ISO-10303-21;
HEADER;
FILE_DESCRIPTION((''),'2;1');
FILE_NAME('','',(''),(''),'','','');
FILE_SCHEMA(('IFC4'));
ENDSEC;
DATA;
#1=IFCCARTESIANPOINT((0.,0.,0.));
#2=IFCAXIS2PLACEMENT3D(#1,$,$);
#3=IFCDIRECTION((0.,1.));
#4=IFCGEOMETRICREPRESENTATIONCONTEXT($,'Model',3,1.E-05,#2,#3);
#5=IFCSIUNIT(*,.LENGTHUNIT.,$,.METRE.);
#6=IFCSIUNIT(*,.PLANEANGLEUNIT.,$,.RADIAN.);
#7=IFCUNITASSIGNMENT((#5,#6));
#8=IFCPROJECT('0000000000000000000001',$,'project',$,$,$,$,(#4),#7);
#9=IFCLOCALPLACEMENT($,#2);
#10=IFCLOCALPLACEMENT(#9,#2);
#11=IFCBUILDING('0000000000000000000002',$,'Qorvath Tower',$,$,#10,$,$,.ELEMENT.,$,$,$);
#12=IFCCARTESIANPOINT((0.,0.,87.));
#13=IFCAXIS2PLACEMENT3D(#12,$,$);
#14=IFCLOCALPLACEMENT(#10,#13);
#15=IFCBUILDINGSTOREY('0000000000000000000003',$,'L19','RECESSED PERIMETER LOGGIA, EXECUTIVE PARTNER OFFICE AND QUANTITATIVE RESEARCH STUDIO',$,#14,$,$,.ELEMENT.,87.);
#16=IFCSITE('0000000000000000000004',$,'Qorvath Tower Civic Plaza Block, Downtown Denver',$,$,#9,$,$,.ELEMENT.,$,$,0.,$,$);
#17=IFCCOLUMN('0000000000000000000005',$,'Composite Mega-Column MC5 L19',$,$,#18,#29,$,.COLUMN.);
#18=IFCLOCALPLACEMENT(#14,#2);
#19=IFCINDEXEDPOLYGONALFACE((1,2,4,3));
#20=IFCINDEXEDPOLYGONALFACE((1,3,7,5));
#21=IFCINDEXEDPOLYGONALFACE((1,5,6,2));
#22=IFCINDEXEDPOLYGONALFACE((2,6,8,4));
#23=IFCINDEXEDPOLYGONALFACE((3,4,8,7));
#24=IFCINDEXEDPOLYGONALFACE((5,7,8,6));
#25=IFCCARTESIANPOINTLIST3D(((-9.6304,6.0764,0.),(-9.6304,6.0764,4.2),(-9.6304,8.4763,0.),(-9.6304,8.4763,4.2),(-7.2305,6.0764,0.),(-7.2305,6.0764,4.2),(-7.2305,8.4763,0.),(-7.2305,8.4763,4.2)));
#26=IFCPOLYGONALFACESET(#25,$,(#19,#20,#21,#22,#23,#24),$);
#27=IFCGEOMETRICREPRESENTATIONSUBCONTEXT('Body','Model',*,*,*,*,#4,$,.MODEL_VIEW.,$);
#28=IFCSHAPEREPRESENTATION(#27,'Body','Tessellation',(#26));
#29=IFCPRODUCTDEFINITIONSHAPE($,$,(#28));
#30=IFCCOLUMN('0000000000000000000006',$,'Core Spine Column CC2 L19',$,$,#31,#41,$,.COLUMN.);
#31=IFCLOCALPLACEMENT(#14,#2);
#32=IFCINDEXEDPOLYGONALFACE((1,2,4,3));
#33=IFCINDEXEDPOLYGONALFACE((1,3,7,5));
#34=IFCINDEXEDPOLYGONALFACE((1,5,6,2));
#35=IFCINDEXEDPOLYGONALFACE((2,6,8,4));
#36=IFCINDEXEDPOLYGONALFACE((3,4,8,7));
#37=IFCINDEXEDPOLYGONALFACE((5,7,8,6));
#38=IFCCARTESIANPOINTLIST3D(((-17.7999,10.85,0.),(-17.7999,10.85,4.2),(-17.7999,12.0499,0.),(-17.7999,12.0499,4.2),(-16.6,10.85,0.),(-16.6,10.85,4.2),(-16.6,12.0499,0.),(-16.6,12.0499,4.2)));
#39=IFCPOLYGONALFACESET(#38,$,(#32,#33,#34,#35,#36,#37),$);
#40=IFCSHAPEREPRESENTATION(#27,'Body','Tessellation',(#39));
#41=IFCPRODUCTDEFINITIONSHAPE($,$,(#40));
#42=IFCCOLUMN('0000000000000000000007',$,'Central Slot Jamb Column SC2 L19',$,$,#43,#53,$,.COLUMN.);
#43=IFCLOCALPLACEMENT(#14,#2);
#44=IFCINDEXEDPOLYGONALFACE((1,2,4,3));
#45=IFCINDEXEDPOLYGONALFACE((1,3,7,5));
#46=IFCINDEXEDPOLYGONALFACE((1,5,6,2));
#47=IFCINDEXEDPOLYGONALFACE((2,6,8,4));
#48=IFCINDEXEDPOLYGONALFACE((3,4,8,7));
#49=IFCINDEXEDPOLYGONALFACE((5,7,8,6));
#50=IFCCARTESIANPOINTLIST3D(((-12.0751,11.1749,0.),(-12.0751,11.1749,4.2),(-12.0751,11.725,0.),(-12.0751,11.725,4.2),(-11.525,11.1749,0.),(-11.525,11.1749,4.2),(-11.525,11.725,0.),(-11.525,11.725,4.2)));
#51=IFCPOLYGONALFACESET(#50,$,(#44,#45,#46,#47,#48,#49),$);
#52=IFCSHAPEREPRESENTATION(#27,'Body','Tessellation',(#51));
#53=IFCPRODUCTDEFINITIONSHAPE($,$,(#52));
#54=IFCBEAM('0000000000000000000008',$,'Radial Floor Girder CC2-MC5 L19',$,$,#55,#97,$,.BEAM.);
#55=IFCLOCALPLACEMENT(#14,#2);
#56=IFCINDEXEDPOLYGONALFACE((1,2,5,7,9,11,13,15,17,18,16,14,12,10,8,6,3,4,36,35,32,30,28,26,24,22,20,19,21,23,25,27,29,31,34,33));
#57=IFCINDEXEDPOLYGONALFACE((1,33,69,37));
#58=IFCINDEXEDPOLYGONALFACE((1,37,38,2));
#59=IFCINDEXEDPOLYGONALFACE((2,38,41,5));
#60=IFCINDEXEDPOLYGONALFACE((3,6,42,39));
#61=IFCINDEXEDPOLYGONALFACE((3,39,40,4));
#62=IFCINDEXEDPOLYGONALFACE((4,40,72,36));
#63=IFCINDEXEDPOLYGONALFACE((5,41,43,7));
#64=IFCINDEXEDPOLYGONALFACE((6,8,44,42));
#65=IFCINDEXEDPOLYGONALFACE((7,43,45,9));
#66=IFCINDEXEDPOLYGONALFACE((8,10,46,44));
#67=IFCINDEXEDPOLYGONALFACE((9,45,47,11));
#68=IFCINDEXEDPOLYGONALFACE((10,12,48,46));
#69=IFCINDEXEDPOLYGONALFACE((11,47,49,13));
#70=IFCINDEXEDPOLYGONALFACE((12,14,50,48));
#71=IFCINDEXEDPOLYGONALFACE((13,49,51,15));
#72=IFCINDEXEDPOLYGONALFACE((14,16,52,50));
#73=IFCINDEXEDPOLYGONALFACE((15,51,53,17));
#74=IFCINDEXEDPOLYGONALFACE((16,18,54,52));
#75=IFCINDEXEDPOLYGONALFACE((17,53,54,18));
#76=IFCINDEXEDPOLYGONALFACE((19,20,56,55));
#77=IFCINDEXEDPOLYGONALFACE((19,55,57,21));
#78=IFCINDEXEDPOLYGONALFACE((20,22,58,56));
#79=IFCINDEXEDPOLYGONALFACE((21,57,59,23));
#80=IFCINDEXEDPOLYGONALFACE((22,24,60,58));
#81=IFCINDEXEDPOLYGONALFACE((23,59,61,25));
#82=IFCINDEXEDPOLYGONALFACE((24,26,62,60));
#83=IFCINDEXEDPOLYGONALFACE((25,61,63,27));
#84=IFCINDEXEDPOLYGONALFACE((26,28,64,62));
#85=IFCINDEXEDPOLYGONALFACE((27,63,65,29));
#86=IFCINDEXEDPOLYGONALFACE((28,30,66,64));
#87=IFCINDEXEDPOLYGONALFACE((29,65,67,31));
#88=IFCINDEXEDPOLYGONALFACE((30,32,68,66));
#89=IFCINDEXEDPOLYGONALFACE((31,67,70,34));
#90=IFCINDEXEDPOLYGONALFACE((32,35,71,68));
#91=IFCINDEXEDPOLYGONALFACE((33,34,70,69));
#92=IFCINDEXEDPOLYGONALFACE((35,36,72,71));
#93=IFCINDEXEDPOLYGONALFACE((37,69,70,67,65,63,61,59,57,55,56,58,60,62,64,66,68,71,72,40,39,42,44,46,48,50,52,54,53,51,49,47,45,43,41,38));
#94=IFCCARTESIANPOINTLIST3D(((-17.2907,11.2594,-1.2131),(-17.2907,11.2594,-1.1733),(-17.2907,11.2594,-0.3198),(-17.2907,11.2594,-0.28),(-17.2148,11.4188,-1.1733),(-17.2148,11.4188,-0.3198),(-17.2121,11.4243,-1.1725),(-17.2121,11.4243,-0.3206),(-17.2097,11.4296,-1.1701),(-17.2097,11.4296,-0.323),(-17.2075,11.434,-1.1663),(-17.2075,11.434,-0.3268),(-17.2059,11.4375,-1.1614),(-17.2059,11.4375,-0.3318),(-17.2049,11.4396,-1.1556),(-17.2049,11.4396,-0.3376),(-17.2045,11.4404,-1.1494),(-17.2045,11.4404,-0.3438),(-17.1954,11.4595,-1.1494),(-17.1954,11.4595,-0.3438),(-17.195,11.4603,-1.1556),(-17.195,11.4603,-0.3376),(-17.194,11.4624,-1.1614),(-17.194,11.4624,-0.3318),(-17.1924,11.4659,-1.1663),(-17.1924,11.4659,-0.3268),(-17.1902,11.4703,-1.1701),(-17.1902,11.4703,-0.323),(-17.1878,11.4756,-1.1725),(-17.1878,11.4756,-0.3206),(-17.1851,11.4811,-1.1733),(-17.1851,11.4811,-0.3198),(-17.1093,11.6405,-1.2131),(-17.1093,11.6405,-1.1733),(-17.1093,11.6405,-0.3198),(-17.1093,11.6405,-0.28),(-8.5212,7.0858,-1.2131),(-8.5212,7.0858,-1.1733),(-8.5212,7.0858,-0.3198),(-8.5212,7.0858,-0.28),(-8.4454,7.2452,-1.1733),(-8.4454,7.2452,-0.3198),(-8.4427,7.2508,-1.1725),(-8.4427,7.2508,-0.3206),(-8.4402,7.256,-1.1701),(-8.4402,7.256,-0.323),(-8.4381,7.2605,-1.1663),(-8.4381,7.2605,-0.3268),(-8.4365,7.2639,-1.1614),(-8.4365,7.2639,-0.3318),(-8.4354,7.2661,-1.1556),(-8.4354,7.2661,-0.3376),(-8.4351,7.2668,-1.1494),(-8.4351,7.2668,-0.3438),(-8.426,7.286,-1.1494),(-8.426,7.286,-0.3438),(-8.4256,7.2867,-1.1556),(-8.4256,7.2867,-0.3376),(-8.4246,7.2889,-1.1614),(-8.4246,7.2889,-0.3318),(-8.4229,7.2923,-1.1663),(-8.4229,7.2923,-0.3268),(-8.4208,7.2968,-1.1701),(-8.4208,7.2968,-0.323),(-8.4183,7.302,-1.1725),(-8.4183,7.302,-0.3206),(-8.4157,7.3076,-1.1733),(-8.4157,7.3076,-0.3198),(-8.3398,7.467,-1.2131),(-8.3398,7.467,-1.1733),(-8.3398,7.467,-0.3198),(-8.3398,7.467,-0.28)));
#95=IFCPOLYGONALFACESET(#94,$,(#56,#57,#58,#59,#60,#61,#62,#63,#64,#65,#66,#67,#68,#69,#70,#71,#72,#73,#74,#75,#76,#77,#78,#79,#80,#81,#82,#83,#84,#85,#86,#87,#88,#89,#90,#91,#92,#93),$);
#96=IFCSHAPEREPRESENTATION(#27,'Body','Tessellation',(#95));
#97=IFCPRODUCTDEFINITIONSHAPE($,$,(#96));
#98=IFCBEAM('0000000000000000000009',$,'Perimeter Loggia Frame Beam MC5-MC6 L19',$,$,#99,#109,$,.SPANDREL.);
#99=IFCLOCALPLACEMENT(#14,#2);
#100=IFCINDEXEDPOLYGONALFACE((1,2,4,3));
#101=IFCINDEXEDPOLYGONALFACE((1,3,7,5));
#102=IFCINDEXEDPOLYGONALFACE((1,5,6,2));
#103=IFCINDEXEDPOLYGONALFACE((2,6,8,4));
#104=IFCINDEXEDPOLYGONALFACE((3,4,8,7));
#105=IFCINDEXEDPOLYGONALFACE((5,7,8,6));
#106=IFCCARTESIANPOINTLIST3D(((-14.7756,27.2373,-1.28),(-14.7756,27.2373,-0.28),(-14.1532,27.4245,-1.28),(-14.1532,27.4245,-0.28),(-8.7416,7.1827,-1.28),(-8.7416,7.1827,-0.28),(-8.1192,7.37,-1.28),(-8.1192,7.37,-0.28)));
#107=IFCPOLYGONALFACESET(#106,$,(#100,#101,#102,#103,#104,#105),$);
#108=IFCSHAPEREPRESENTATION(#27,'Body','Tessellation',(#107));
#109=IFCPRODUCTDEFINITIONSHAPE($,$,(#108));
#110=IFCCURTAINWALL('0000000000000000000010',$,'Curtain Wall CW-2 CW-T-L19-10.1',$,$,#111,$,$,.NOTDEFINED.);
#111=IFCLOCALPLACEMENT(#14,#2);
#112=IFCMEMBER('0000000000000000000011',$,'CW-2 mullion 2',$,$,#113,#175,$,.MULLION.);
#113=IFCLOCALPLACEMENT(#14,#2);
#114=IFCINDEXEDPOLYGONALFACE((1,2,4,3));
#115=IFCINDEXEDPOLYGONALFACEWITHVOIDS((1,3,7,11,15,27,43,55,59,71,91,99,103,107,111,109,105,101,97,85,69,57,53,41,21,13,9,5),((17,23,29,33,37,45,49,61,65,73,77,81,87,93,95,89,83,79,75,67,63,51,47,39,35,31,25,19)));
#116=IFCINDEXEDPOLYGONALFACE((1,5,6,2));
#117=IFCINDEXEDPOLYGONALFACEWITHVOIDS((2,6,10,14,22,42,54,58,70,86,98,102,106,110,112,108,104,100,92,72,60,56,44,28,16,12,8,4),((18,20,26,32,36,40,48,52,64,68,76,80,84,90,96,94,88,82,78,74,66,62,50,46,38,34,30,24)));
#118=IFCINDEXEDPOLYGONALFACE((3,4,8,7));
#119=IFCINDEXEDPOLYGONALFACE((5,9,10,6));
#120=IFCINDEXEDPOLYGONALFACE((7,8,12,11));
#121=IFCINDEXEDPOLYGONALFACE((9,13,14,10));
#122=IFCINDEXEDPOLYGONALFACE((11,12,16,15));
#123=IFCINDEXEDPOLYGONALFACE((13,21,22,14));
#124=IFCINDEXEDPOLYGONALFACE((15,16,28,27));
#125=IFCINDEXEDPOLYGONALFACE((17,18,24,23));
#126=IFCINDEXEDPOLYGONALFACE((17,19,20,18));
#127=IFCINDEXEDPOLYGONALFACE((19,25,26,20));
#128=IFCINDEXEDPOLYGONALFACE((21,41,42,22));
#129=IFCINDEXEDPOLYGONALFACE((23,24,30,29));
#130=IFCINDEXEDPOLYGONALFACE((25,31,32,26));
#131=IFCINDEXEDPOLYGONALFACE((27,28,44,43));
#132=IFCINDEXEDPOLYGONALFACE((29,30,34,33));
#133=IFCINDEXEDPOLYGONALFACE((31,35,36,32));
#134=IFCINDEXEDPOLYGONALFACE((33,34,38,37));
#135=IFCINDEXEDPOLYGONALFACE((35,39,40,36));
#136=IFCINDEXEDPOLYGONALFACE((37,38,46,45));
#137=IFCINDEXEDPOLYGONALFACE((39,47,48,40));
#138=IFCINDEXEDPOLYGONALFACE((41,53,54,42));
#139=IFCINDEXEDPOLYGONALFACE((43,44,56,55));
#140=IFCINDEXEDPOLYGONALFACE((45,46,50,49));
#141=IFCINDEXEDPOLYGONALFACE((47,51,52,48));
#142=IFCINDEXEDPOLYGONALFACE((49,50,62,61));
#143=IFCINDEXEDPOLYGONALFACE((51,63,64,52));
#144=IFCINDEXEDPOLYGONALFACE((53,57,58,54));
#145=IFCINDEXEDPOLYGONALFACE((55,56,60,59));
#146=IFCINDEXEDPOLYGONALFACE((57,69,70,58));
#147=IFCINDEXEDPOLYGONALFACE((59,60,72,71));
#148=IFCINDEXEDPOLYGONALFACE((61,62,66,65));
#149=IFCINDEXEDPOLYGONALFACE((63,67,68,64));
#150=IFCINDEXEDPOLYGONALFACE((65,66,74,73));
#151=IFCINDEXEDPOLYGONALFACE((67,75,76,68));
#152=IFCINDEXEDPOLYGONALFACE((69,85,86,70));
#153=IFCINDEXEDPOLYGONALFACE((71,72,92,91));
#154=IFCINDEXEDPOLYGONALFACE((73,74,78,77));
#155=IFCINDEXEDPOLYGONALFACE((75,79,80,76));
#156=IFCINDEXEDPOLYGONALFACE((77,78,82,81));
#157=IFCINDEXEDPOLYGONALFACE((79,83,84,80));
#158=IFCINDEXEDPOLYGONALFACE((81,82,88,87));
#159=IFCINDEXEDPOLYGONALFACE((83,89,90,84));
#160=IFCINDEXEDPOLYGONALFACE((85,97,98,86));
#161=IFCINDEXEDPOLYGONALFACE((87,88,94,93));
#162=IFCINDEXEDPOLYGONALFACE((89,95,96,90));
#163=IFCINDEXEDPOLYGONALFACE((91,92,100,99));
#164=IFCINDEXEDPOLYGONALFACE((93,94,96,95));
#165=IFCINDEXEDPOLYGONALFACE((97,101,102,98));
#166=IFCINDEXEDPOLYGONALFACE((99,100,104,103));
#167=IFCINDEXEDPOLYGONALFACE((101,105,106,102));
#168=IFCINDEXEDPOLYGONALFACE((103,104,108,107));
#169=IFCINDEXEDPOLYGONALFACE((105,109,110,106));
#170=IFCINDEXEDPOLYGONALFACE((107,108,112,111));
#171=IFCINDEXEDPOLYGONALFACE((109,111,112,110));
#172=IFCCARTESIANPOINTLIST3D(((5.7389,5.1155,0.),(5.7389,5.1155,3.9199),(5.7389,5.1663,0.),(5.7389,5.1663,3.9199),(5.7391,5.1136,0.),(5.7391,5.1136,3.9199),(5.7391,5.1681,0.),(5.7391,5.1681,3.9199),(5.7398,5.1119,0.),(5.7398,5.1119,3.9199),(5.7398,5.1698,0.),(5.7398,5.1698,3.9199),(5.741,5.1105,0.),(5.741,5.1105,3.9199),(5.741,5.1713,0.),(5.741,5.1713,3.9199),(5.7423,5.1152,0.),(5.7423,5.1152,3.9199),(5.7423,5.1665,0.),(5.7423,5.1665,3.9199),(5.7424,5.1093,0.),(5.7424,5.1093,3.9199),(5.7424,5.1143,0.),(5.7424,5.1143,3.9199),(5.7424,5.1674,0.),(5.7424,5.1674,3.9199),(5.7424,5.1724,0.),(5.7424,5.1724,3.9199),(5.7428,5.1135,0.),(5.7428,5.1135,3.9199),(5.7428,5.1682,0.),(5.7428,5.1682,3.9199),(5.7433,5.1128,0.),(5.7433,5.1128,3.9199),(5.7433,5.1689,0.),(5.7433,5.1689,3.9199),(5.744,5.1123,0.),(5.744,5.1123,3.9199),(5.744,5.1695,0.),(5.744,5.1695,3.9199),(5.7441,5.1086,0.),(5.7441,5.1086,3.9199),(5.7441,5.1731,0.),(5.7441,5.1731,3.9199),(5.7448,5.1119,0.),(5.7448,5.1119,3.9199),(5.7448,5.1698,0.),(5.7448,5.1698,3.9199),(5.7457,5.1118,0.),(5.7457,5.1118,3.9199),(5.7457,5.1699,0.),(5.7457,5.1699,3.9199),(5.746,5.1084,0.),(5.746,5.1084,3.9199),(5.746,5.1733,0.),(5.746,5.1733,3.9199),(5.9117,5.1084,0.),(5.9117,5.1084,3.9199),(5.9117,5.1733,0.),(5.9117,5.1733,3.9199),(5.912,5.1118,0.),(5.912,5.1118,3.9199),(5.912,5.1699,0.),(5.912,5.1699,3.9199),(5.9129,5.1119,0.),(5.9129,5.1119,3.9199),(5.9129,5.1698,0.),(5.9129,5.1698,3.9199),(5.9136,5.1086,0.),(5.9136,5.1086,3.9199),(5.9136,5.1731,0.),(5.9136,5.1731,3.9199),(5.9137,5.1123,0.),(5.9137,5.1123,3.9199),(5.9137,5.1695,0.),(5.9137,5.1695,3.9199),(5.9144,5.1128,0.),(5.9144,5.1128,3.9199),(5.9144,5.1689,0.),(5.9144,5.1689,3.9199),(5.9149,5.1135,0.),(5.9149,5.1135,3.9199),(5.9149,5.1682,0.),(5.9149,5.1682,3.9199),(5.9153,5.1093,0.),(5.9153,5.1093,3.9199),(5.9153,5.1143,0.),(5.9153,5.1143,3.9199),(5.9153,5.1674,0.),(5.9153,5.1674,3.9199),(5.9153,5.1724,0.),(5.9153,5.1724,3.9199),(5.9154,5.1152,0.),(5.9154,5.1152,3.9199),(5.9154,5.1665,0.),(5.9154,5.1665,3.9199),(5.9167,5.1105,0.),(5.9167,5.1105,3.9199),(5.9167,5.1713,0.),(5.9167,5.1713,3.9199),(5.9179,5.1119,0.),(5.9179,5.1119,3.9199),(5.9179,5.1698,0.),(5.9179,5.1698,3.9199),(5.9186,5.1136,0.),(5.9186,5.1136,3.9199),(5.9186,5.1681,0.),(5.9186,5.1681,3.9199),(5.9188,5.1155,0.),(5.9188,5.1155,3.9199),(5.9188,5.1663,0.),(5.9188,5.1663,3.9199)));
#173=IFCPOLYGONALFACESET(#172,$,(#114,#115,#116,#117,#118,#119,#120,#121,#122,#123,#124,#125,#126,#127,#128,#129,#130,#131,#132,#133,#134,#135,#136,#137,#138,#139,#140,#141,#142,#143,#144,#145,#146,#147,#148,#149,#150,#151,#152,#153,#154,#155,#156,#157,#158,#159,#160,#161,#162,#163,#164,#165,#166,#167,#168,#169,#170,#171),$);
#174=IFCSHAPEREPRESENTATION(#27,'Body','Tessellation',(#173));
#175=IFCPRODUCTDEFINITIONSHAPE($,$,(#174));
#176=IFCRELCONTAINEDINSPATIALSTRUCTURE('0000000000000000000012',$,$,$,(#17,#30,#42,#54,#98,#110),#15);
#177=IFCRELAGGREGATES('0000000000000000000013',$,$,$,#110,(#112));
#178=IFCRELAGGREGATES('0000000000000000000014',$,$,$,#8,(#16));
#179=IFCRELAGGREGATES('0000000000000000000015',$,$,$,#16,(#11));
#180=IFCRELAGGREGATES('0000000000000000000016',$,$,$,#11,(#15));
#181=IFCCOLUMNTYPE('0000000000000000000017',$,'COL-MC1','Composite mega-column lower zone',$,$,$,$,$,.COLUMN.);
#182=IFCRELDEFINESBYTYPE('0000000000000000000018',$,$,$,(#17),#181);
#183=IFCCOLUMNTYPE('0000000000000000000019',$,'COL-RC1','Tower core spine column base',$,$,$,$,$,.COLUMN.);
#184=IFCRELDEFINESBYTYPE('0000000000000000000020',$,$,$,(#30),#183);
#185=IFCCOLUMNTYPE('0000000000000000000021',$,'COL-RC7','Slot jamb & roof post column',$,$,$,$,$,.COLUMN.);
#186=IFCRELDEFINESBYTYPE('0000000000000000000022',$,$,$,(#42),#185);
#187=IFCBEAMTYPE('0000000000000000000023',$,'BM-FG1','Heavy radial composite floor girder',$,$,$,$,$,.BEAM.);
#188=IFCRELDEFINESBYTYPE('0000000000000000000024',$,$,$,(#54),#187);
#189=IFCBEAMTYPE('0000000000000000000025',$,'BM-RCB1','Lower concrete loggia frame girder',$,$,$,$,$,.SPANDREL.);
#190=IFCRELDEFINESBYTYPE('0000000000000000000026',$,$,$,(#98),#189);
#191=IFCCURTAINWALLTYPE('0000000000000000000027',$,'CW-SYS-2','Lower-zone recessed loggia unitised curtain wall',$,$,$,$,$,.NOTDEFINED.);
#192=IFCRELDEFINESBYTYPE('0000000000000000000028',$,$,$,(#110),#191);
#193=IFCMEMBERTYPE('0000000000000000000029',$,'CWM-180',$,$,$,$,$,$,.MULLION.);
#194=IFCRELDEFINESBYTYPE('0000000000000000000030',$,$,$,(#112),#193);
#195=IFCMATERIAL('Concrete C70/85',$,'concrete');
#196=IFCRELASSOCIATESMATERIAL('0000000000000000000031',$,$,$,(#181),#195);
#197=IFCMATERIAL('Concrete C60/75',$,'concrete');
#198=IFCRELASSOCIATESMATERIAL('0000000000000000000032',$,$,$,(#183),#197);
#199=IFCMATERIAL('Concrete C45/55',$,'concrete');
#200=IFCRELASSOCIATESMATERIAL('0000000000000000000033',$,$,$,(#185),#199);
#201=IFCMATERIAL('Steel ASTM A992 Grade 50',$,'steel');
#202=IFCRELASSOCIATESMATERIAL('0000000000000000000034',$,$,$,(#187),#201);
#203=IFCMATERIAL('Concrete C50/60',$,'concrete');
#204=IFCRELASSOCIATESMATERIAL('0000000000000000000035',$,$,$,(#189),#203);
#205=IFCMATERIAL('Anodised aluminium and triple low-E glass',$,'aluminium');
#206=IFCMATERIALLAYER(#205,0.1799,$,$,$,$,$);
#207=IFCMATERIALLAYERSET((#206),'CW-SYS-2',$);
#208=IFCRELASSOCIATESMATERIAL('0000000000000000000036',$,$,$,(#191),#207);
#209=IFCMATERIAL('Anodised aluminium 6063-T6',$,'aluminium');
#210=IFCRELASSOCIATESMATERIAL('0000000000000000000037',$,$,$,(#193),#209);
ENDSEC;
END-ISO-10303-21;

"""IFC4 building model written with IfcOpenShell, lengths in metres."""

from ifc_helpers import new_model, si_unit, direction, frame, origin, origin_2d, place, context, subcontext, project, spatial, rectangle, hollow_rectangle, i_section, extrude, material, layer, layer_set, material_profile, profile_set, type_object, element, aggregate, save


model = new_model("IFC4")

# Units and contexts
model_context = context("Model", 3, precision=1e-05, world=origin(), true_north=direction((0.0, 1.0)))
body_context = subcontext(model_context, "Body", "Model", "MODEL_VIEW")
ifc_project = project(units=[si_unit("LENGTHUNIT", "METRE"), si_unit("PLANEANGLEUNIT", "RADIAN")], contexts=[model_context])

# Site, building, storey
site_placement = place(None, origin())
site = spatial("IfcSite", under=ifc_project, at=site_placement, Name="Qorvath Tower Civic Plaza Block, Downtown Denver", CompositionType="ELEMENT", RefElevation=0.0)
building_placement = place(site_placement, origin())
building = spatial("IfcBuilding", under=site, at=building_placement, Name="Qorvath Tower", CompositionType="ELEMENT")
storey_placement = place(building_placement, frame((0.0, 0.0, 87.0)))
storey = spatial("IfcBuildingStorey", under=building, at=storey_placement, Name="L19", Description="RECESSED PERIMETER LOGGIA, EXECUTIVE PARTNER OFFICE AND QUANTITATIVE RESEARCH STUDIO", CompositionType="ELEMENT", Elevation=87.0)

# Columns
ifc_material_1 = material(Name="Concrete C70/85", Category="concrete")
ifc_material_profile_1 = material_profile(ifc_material_1, rectangle(XDim=2.3999, YDim=2.3999, at=origin_2d()), Name="MC 2400x2400")
ifc_profile_set_1 = profile_set([ifc_material_profile_1], Name="Concrete C70/85")
column_type_1 = type_object("IfcColumnType", Name="COL-MC1", Description="Composite mega-column lower zone", PredefinedType="COLUMN", material=ifc_profile_set_1)
column_1_placement = place(storey_placement, frame((-8.4304, 7.2764, 0.0), z_axis=(0.0, 0.0, 1.0), x_axis=(1.0, 0.0, 0.0)))
element("IfcColumn", 1, at=column_1_placement, inside=storey, type_object=column_type_1, Name="Composite Mega-Column MC5 L19", PredefinedType="COLUMN", context=body_context, shape_type="SweptSolid", body=[
    extrude(rectangle(XDim=2.3999, YDim=2.3999, at=origin_2d()), origin(), (0.0, 0.0, 1.0), 4.2),
])
ifc_material_2 = material(Name="Concrete C60/75", Category="concrete")
ifc_material_profile_2 = material_profile(ifc_material_2, rectangle(XDim=1.2, YDim=1.2, at=origin_2d()), Name="RC 1200x1200")
ifc_profile_set_2 = profile_set([ifc_material_profile_2], Name="Concrete C60/75")
column_type_2 = type_object("IfcColumnType", Name="COL-RC1", Description="Tower core spine column base", PredefinedType="COLUMN", material=ifc_profile_set_2)
column_2_placement = place(storey_placement, frame((-17.2, 11.45, 0.0), z_axis=(0.0, 0.0, 1.0), x_axis=(1.0, 0.0, 0.0)))
element("IfcColumn", 2, at=column_2_placement, inside=storey, type_object=column_type_2, Name="Core Spine Column CC2 L19", PredefinedType="COLUMN", context=body_context, shape_type="SweptSolid", body=[
    extrude(rectangle(XDim=1.2, YDim=1.2, at=origin_2d()), origin(), (0.0, 0.0, 1.0), 4.2),
])
ifc_material_3 = material(Name="Concrete C45/55", Category="concrete")
ifc_material_profile_3 = material_profile(ifc_material_3, rectangle(XDim=0.55, YDim=0.55, at=origin_2d()), Name="RC 550x550")
ifc_profile_set_3 = profile_set([ifc_material_profile_3], Name="Concrete C45/55")
column_type_3 = type_object("IfcColumnType", Name="COL-RC7", Description="Slot jamb & roof post column", PredefinedType="COLUMN", material=ifc_profile_set_3)
column_3_placement = place(storey_placement, frame((-11.8, 11.45, 0.0), z_axis=(0.0, 0.0, 1.0), x_axis=(1.0, 0.0, 0.0)))
element("IfcColumn", 3, at=column_3_placement, inside=storey, type_object=column_type_3, Name="Central Slot Jamb Column SC2 L19", PredefinedType="COLUMN", context=body_context, shape_type="SweptSolid", body=[
    extrude(rectangle(XDim=0.55, YDim=0.55, at=origin_2d()), origin(), (0.0, 0.0, 1.0), 4.2),
])

# Beams
ifc_material_4 = material(Name="Steel ASTM A992 Grade 50", Category="steel")
ifc_material_profile_4 = material_profile(ifc_material_4, i_section(OverallWidth=0.4221, OverallDepth=0.9331, WebThickness=0.0212, FlangeThickness=0.0398, FilletRadius=0.0239, at=origin_2d()), Name="W36x262")
ifc_profile_set_4 = profile_set([ifc_material_profile_4], Name="Steel ASTM A992 Grade 50")
beam_type_1 = type_object("IfcBeamType", Name="BM-FG1", Description="Heavy radial composite floor girder", PredefinedType="BEAM", material=ifc_profile_set_4)
beam_1_placement = place(storey_placement, frame((-17.2, 11.45, -0.7466), z_axis=(0.902956, -0.429734, 0.0), x_axis=(0.429734, 0.902956, 0.0)))
element("IfcBeam", 4, at=beam_1_placement, inside=storey, type_object=beam_type_1, Name="Radial Floor Girder CC2-MC5 L19", PredefinedType="BEAM", context=body_context, shape_type="SweptSolid", body=[
    extrude(i_section(OverallWidth=0.4221, OverallDepth=0.9331, WebThickness=0.0212, FlangeThickness=0.0398, FilletRadius=0.0239, at=origin_2d()), origin(), (0.0, 0.0, 1.0), 9.7119),
])
ifc_material_5 = material(Name="Concrete C50/60", Category="concrete")
ifc_material_profile_5 = material_profile(ifc_material_5, rectangle(XDim=0.6499, YDim=1.0, at=origin_2d()), Name="RCB 1000x650")
ifc_profile_set_5 = profile_set([ifc_material_profile_5], Name="Concrete C50/60")
beam_type_2 = type_object("IfcBeamType", Name="BM-RCB1", Description="Lower concrete loggia frame girder", PredefinedType="SPANDREL", material=ifc_profile_set_5)
beam_2_placement = place(storey_placement, frame((-8.4304, 7.2764, -0.78), z_axis=(-0.288119, 0.957595, 0.0), x_axis=(-0.957595, -0.288119, 0.0)))
element("IfcBeam", 5, at=beam_2_placement, inside=storey, type_object=beam_type_2, Name="Perimeter Loggia Frame Beam MC5-MC6 L19", PredefinedType="SPANDREL", context=body_context, shape_type="SweptSolid", body=[
    extrude(rectangle(XDim=0.6499, YDim=1.0, at=origin_2d()), origin(), (0.0, 0.0, 1.0), 20.9426),
])

# Curtain wall, member
ifc_material_6 = material(Name="Anodised aluminium and triple low-E glass", Category="aluminium")
ifc_layer_1 = layer(ifc_material_6, 0.1799)
ifc_layer_set_1 = layer_set([ifc_layer_1], Name="CW-SYS-2")
curtain_wall_type = type_object("IfcCurtainWallType", Name="CW-SYS-2", Description="Lower-zone recessed loggia unitised curtain wall", PredefinedType="NOTDEFINED", material=ifc_layer_set_1)
curtain_wall_1_placement = place(storey_placement, origin())
curtain_wall_1 = element("IfcCurtainWall", 6, at=curtain_wall_1_placement, inside=storey, type_object=curtain_wall_type, Name="Curtain Wall CW-2 CW-T-L19-10.1", PredefinedType="NOTDEFINED")
ifc_material_7 = material(Name="Anodised aluminium 6063-T6", Category="aluminium")
ifc_material_profile_6 = material_profile(ifc_material_7, hollow_rectangle(XDim=0.0649, YDim=0.1799, WallThickness=0.0034, InnerFilletRadius=0.0034, OuterFilletRadius=0.0071, at=origin_2d()), Name="CWM 180x65")
ifc_profile_set_6 = profile_set([ifc_material_profile_6], Name="Anodised aluminium 6063-T6")
member_type_1 = type_object("IfcMemberType", Name="CWM-180", PredefinedType="MULLION", material=ifc_profile_set_6)
member_1_placement = place(storey_placement, frame((5.8289, 5.1409, 0.0), z_axis=(0.0, 0.0, 1.0), x_axis=(0.0, 1.0, 0.0)))
member_1 = element("IfcMember", 7, at=member_1_placement, type_object=member_type_1, Name="CW-2 mullion 2", PredefinedType="MULLION", context=body_context, shape_type="SweptSolid", body=[
    extrude(hollow_rectangle(XDim=0.0649, YDim=0.1799, WallThickness=0.0034, InnerFilletRadius=0.0034, OuterFilletRadius=0.0071, at=origin_2d()), origin(), (0.0, 0.0, 1.0), 3.9199),
])
aggregate(curtain_wall_1, [member_1])

save(model, "model.ifc")
